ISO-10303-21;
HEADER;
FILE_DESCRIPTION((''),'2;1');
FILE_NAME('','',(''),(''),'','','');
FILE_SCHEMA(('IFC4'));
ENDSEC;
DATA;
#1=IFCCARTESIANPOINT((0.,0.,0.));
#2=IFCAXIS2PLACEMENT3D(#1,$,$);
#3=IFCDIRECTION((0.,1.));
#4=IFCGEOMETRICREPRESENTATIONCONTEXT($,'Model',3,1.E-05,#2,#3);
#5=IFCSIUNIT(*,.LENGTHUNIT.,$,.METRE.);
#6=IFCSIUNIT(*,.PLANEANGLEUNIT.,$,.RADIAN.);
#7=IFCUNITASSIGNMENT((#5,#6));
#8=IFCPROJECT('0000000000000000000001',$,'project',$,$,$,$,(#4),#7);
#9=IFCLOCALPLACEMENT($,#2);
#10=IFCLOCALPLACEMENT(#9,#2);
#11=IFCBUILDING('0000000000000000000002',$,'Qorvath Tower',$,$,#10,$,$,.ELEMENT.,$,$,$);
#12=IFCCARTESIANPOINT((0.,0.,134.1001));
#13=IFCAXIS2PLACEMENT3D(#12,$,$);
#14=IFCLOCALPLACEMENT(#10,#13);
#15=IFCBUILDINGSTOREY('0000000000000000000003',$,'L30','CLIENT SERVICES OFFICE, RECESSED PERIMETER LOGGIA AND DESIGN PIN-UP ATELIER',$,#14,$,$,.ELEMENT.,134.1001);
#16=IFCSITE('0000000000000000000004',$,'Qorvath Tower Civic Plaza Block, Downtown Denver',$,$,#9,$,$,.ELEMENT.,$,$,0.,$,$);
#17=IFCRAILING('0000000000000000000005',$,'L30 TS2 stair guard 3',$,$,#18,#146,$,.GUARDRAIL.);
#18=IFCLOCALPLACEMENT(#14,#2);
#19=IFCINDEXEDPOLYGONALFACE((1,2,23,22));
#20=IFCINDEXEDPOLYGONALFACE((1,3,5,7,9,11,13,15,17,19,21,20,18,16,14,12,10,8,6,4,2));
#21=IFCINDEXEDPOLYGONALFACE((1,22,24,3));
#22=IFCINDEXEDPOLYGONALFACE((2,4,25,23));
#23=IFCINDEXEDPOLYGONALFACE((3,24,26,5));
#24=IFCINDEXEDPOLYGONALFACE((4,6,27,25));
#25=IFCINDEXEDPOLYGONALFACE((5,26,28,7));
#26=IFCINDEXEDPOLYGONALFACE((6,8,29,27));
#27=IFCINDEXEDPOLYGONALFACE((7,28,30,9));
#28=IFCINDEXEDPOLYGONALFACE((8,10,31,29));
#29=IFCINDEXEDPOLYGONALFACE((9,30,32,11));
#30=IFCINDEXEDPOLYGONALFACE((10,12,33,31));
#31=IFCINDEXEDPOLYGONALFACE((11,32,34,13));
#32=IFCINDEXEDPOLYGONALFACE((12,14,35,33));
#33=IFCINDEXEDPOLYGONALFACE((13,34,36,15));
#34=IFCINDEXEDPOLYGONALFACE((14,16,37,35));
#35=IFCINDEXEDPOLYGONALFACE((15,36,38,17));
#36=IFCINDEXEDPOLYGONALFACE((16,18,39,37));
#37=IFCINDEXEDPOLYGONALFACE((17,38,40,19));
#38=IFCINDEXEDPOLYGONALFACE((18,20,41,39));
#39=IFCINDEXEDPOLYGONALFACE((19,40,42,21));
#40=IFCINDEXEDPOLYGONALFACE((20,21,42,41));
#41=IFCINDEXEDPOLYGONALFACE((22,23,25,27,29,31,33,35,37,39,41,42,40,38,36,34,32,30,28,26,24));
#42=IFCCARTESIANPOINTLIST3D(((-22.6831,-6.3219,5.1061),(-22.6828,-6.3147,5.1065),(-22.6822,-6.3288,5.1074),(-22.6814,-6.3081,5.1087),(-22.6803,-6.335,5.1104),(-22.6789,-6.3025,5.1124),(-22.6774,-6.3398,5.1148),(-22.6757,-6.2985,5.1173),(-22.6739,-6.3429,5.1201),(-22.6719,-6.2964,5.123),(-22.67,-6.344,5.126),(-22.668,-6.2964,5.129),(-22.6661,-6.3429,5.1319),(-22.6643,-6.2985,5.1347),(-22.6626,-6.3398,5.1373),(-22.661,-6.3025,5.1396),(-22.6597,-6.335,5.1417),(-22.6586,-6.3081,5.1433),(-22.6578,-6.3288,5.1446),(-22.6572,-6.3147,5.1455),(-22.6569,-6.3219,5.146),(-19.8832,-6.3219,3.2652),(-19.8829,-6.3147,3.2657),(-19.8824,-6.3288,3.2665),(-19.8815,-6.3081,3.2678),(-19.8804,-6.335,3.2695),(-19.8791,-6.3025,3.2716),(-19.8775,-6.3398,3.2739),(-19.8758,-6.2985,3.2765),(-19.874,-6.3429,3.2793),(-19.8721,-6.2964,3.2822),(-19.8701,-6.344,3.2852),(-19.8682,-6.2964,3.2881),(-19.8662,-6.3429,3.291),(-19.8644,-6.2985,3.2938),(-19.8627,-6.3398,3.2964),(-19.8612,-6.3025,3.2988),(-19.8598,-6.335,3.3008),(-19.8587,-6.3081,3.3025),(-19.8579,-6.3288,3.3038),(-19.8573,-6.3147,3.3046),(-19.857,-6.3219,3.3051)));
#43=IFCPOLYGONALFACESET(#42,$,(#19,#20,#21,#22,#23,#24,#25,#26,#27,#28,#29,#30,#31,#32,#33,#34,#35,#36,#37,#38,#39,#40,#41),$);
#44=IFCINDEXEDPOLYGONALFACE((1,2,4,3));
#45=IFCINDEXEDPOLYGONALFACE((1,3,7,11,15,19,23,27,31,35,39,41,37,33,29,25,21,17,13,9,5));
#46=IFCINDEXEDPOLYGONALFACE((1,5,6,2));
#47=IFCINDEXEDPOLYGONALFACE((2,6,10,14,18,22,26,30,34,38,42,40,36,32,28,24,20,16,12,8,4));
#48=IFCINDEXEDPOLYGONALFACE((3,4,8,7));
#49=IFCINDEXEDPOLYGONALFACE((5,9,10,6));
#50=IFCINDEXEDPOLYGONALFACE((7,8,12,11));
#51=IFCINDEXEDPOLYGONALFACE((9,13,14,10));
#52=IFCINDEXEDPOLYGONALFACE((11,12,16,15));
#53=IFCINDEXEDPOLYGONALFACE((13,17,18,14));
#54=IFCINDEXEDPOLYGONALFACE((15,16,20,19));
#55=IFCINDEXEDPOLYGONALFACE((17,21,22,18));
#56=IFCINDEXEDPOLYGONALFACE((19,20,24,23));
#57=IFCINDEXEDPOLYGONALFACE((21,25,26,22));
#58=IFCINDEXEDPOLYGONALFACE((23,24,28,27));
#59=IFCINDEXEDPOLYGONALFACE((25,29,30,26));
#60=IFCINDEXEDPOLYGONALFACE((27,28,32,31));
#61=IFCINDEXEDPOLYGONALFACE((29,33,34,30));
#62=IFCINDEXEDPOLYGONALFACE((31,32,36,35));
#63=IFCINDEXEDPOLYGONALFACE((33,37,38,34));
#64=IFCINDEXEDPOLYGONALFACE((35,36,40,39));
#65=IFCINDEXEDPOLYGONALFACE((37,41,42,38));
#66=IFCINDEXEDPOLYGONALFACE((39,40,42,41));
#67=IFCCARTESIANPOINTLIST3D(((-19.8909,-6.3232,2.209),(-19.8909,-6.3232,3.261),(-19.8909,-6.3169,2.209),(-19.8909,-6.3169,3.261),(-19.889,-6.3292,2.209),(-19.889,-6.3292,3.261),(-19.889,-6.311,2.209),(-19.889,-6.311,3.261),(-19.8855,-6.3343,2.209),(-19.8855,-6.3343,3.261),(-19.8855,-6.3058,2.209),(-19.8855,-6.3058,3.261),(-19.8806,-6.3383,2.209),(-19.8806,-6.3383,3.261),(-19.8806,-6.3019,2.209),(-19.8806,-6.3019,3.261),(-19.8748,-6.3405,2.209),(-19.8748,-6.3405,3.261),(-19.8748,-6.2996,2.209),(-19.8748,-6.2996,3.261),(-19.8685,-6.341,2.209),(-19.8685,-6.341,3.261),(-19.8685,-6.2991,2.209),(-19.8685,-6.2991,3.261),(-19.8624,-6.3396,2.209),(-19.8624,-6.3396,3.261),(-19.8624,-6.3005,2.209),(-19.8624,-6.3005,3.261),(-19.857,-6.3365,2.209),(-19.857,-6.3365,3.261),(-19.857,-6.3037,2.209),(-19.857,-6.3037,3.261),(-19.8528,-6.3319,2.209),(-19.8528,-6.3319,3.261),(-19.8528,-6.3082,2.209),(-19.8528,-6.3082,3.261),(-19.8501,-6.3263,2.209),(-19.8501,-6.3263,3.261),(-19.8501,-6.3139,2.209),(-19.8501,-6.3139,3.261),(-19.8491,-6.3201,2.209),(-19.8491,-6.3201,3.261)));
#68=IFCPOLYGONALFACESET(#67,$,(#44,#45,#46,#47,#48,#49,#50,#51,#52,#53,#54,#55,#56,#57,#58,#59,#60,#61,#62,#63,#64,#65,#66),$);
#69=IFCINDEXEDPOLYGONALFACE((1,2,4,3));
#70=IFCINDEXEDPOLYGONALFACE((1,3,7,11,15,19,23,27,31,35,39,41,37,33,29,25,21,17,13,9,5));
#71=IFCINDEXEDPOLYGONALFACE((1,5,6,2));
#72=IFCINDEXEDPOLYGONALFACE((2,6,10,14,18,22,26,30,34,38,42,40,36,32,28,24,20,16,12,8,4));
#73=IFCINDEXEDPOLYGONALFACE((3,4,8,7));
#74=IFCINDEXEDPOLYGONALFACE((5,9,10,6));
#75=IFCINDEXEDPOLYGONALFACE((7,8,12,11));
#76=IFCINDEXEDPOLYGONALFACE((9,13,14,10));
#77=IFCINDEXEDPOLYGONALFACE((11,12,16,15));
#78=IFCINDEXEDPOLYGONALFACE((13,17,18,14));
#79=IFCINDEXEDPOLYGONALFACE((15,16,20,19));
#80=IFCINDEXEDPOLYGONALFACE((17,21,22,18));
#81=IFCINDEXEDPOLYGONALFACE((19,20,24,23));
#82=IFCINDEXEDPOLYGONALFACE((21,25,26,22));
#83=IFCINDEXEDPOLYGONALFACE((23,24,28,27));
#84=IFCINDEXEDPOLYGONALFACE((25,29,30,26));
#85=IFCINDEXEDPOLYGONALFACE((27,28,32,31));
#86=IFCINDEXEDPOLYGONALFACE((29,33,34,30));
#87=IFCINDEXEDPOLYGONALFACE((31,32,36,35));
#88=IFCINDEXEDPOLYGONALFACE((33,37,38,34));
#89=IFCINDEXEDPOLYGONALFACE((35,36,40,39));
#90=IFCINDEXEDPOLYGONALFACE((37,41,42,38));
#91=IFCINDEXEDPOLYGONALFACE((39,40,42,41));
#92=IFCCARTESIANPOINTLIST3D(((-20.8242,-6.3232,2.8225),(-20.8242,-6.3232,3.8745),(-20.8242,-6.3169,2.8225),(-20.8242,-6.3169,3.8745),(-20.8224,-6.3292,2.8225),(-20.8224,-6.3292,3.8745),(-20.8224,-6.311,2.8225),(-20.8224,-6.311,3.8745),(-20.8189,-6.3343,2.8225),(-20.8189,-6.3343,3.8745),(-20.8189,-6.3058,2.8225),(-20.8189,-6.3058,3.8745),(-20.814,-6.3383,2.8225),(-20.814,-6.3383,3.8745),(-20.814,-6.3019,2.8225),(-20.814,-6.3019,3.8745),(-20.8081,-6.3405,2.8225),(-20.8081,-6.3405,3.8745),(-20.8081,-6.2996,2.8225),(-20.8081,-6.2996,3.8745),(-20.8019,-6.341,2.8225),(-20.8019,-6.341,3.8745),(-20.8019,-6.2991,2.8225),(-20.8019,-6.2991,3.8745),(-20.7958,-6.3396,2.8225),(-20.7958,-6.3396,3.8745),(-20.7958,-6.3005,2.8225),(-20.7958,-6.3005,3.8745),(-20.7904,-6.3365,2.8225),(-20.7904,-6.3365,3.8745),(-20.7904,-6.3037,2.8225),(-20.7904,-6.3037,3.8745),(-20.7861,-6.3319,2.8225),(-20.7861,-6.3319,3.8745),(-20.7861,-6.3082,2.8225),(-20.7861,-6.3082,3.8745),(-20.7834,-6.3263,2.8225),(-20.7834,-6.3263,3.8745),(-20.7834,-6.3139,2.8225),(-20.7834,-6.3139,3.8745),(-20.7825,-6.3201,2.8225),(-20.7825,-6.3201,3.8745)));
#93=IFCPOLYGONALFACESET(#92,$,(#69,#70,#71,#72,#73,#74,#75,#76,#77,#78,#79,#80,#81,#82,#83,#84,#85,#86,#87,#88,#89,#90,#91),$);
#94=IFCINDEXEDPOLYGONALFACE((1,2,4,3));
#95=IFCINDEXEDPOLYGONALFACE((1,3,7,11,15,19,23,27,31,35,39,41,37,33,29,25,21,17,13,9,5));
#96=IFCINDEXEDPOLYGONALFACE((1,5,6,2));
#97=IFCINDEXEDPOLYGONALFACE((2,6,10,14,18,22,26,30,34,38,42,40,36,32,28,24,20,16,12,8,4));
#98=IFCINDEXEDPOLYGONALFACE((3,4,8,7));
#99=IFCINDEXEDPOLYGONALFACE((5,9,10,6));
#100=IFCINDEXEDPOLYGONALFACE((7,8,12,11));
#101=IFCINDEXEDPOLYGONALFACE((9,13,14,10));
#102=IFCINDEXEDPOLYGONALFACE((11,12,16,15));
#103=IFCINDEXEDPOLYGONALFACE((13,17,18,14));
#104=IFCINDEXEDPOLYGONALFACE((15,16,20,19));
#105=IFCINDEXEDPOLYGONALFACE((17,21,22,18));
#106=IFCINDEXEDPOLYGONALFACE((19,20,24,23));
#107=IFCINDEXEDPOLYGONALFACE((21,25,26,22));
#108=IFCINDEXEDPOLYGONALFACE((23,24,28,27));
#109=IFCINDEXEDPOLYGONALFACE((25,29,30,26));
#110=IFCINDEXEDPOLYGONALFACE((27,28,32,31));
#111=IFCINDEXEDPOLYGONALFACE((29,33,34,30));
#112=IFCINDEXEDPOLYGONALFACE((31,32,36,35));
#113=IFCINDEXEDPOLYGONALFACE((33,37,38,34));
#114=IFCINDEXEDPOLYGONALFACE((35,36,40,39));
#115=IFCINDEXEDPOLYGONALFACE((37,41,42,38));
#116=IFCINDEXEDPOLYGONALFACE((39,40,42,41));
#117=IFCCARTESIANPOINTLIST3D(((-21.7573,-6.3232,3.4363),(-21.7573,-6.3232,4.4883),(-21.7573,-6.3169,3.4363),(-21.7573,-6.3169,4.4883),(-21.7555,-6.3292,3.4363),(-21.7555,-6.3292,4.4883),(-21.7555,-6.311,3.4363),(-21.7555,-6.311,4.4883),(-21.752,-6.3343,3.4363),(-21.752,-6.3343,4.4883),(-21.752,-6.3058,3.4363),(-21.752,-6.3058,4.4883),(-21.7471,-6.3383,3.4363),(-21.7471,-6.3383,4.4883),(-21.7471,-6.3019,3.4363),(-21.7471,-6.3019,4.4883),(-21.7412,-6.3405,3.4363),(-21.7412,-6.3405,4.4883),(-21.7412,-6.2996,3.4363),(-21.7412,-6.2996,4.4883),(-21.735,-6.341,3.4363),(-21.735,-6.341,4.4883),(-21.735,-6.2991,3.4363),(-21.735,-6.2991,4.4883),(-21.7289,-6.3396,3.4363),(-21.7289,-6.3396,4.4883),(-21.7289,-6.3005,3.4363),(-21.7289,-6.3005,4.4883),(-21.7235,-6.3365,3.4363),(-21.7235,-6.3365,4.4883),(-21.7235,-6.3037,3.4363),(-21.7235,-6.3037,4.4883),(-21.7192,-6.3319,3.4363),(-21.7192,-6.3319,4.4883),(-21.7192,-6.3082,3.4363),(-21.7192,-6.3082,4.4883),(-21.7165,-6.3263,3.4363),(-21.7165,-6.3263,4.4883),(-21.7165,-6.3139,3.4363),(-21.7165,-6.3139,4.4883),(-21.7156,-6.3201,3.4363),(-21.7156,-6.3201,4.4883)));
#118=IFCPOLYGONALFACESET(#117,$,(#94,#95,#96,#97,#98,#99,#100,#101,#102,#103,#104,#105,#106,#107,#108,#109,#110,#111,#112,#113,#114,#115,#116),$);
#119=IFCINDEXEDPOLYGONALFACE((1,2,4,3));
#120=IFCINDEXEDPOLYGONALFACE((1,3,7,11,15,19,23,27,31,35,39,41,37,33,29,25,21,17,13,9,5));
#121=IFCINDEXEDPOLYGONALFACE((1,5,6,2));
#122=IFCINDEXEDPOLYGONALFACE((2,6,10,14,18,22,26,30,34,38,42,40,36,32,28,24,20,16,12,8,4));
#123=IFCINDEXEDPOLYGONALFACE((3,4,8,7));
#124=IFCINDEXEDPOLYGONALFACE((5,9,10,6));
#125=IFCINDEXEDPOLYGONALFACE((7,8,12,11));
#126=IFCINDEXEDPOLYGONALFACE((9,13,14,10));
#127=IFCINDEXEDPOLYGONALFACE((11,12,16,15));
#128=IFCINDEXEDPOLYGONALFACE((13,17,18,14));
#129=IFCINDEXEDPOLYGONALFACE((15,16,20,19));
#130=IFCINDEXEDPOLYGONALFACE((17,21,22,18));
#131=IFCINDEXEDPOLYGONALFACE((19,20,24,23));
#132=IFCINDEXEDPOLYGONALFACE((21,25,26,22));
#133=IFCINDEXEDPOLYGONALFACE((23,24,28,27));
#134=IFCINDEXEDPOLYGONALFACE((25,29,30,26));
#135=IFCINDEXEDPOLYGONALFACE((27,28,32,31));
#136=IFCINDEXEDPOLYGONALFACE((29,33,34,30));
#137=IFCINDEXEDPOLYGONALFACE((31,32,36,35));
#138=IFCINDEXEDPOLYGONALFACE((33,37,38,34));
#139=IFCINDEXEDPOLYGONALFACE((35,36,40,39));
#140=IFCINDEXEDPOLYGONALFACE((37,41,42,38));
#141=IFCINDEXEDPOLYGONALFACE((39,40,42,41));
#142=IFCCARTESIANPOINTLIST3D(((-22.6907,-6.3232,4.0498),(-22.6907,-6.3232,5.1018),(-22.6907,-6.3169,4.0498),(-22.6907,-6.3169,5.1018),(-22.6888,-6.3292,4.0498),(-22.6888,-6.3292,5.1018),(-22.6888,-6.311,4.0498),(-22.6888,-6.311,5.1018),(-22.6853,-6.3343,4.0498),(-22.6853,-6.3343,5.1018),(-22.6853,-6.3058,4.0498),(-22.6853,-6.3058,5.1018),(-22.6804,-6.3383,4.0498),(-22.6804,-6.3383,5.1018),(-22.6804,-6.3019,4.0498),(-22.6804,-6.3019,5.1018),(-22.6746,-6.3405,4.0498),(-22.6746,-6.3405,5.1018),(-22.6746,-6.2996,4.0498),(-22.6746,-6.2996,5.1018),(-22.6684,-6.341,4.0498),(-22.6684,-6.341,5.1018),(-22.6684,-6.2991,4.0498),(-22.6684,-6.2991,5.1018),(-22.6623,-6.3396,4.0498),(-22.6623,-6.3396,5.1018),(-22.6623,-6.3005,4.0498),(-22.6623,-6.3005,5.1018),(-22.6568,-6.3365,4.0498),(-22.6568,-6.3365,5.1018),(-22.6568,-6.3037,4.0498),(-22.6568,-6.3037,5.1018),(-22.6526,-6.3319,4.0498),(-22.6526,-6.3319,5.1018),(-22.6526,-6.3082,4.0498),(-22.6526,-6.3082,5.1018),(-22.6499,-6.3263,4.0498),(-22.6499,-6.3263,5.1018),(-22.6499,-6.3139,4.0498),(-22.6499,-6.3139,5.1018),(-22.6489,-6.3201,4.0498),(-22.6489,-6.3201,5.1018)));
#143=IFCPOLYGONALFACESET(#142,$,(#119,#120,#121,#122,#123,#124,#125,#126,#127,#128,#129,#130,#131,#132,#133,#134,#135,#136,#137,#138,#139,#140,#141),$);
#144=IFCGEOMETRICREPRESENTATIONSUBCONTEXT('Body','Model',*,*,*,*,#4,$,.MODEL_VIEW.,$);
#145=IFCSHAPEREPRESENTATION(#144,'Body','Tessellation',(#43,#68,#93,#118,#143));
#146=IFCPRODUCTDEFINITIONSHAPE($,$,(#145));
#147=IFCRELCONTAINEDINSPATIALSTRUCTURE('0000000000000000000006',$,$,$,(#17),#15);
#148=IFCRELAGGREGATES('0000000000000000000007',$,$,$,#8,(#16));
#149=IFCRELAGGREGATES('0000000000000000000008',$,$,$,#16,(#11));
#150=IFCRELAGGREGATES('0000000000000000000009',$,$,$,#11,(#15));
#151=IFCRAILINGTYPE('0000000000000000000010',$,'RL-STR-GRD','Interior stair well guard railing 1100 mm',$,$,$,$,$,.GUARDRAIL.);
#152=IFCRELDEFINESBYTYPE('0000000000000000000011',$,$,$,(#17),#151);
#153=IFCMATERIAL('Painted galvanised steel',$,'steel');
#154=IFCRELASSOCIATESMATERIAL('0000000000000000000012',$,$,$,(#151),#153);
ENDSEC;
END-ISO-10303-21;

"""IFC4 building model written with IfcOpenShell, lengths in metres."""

from ifc_helpers import new_model, si_unit, direction, frame, origin, origin_2d, place, context, subcontext, project, spatial, circle, extrude, material, type_object, element, save


model = new_model("IFC4")

# Units and contexts
model_context = context("Model", 3, precision=1e-05, world=origin(), true_north=direction((0.0, 1.0)))
body_context = subcontext(model_context, "Body", "Model", "MODEL_VIEW")
ifc_project = project(units=[si_unit("LENGTHUNIT", "METRE"), si_unit("PLANEANGLEUNIT", "RADIAN")], contexts=[model_context])

# Site, building, storey
site_placement = place(None, origin())
site = spatial("IfcSite", under=ifc_project, at=site_placement, Name="Qorvath Tower Civic Plaza Block, Downtown Denver", CompositionType="ELEMENT", RefElevation=0.0)
building_placement = place(site_placement, origin())
building = spatial("IfcBuilding", under=site, at=building_placement, Name="Qorvath Tower", CompositionType="ELEMENT")
storey_placement = place(building_placement, frame((0.0, 0.0, 134.1001)))
storey = spatial("IfcBuildingStorey", under=building, at=storey_placement, Name="L30", Description="CLIENT SERVICES OFFICE, RECESSED PERIMETER LOGGIA AND DESIGN PIN-UP ATELIER", CompositionType="ELEMENT", Elevation=134.1001)

# Railing
ifc_material_1 = material(Name="Painted galvanised steel", Category="steel")
railing_type_1 = type_object("IfcRailingType", Name="RL-STR-GRD", Description="Interior stair well guard railing 1100 mm", PredefinedType="GUARDRAIL", material=ifc_material_1)
railing_1_placement = place(storey_placement, frame((-19.8701, -6.3201, 2.209)))
element("IfcRailing", 1, at=railing_1_placement, inside=storey, type_object=railing_type_1, Name="L30 TS2 stair guard 3", PredefinedType="GUARDRAIL", context=body_context, shape_type="SweptSolid", body=[
    extrude(circle(Radius=0.0239, at=origin_2d()), frame((0.0, 0.0, 1.0762), z_axis=(-0.835576, 0.0, 0.549376), x_axis=(0.0, -1.0, 0.0)), (0.0, 0.0, 1.0), 3.3508),
    extrude(circle(Radius=0.021, at=origin_2d()), origin(), (0.0, 0.0, 1.0), 1.052),
    extrude(circle(Radius=0.021, at=origin_2d()), frame((-0.9333, 0.0, 0.6135)), (0.0, 0.0, 1.0), 1.052),
    extrude(circle(Radius=0.021, at=origin_2d()), frame((-1.8665, 0.0, 1.2273)), (0.0, 0.0, 1.0), 1.052),
    extrude(circle(Radius=0.021, at=origin_2d()), frame((-2.7998, 0.0, 1.8408)), (0.0, 0.0, 1.0), 1.052),
])

save(model, "model.ifc")
